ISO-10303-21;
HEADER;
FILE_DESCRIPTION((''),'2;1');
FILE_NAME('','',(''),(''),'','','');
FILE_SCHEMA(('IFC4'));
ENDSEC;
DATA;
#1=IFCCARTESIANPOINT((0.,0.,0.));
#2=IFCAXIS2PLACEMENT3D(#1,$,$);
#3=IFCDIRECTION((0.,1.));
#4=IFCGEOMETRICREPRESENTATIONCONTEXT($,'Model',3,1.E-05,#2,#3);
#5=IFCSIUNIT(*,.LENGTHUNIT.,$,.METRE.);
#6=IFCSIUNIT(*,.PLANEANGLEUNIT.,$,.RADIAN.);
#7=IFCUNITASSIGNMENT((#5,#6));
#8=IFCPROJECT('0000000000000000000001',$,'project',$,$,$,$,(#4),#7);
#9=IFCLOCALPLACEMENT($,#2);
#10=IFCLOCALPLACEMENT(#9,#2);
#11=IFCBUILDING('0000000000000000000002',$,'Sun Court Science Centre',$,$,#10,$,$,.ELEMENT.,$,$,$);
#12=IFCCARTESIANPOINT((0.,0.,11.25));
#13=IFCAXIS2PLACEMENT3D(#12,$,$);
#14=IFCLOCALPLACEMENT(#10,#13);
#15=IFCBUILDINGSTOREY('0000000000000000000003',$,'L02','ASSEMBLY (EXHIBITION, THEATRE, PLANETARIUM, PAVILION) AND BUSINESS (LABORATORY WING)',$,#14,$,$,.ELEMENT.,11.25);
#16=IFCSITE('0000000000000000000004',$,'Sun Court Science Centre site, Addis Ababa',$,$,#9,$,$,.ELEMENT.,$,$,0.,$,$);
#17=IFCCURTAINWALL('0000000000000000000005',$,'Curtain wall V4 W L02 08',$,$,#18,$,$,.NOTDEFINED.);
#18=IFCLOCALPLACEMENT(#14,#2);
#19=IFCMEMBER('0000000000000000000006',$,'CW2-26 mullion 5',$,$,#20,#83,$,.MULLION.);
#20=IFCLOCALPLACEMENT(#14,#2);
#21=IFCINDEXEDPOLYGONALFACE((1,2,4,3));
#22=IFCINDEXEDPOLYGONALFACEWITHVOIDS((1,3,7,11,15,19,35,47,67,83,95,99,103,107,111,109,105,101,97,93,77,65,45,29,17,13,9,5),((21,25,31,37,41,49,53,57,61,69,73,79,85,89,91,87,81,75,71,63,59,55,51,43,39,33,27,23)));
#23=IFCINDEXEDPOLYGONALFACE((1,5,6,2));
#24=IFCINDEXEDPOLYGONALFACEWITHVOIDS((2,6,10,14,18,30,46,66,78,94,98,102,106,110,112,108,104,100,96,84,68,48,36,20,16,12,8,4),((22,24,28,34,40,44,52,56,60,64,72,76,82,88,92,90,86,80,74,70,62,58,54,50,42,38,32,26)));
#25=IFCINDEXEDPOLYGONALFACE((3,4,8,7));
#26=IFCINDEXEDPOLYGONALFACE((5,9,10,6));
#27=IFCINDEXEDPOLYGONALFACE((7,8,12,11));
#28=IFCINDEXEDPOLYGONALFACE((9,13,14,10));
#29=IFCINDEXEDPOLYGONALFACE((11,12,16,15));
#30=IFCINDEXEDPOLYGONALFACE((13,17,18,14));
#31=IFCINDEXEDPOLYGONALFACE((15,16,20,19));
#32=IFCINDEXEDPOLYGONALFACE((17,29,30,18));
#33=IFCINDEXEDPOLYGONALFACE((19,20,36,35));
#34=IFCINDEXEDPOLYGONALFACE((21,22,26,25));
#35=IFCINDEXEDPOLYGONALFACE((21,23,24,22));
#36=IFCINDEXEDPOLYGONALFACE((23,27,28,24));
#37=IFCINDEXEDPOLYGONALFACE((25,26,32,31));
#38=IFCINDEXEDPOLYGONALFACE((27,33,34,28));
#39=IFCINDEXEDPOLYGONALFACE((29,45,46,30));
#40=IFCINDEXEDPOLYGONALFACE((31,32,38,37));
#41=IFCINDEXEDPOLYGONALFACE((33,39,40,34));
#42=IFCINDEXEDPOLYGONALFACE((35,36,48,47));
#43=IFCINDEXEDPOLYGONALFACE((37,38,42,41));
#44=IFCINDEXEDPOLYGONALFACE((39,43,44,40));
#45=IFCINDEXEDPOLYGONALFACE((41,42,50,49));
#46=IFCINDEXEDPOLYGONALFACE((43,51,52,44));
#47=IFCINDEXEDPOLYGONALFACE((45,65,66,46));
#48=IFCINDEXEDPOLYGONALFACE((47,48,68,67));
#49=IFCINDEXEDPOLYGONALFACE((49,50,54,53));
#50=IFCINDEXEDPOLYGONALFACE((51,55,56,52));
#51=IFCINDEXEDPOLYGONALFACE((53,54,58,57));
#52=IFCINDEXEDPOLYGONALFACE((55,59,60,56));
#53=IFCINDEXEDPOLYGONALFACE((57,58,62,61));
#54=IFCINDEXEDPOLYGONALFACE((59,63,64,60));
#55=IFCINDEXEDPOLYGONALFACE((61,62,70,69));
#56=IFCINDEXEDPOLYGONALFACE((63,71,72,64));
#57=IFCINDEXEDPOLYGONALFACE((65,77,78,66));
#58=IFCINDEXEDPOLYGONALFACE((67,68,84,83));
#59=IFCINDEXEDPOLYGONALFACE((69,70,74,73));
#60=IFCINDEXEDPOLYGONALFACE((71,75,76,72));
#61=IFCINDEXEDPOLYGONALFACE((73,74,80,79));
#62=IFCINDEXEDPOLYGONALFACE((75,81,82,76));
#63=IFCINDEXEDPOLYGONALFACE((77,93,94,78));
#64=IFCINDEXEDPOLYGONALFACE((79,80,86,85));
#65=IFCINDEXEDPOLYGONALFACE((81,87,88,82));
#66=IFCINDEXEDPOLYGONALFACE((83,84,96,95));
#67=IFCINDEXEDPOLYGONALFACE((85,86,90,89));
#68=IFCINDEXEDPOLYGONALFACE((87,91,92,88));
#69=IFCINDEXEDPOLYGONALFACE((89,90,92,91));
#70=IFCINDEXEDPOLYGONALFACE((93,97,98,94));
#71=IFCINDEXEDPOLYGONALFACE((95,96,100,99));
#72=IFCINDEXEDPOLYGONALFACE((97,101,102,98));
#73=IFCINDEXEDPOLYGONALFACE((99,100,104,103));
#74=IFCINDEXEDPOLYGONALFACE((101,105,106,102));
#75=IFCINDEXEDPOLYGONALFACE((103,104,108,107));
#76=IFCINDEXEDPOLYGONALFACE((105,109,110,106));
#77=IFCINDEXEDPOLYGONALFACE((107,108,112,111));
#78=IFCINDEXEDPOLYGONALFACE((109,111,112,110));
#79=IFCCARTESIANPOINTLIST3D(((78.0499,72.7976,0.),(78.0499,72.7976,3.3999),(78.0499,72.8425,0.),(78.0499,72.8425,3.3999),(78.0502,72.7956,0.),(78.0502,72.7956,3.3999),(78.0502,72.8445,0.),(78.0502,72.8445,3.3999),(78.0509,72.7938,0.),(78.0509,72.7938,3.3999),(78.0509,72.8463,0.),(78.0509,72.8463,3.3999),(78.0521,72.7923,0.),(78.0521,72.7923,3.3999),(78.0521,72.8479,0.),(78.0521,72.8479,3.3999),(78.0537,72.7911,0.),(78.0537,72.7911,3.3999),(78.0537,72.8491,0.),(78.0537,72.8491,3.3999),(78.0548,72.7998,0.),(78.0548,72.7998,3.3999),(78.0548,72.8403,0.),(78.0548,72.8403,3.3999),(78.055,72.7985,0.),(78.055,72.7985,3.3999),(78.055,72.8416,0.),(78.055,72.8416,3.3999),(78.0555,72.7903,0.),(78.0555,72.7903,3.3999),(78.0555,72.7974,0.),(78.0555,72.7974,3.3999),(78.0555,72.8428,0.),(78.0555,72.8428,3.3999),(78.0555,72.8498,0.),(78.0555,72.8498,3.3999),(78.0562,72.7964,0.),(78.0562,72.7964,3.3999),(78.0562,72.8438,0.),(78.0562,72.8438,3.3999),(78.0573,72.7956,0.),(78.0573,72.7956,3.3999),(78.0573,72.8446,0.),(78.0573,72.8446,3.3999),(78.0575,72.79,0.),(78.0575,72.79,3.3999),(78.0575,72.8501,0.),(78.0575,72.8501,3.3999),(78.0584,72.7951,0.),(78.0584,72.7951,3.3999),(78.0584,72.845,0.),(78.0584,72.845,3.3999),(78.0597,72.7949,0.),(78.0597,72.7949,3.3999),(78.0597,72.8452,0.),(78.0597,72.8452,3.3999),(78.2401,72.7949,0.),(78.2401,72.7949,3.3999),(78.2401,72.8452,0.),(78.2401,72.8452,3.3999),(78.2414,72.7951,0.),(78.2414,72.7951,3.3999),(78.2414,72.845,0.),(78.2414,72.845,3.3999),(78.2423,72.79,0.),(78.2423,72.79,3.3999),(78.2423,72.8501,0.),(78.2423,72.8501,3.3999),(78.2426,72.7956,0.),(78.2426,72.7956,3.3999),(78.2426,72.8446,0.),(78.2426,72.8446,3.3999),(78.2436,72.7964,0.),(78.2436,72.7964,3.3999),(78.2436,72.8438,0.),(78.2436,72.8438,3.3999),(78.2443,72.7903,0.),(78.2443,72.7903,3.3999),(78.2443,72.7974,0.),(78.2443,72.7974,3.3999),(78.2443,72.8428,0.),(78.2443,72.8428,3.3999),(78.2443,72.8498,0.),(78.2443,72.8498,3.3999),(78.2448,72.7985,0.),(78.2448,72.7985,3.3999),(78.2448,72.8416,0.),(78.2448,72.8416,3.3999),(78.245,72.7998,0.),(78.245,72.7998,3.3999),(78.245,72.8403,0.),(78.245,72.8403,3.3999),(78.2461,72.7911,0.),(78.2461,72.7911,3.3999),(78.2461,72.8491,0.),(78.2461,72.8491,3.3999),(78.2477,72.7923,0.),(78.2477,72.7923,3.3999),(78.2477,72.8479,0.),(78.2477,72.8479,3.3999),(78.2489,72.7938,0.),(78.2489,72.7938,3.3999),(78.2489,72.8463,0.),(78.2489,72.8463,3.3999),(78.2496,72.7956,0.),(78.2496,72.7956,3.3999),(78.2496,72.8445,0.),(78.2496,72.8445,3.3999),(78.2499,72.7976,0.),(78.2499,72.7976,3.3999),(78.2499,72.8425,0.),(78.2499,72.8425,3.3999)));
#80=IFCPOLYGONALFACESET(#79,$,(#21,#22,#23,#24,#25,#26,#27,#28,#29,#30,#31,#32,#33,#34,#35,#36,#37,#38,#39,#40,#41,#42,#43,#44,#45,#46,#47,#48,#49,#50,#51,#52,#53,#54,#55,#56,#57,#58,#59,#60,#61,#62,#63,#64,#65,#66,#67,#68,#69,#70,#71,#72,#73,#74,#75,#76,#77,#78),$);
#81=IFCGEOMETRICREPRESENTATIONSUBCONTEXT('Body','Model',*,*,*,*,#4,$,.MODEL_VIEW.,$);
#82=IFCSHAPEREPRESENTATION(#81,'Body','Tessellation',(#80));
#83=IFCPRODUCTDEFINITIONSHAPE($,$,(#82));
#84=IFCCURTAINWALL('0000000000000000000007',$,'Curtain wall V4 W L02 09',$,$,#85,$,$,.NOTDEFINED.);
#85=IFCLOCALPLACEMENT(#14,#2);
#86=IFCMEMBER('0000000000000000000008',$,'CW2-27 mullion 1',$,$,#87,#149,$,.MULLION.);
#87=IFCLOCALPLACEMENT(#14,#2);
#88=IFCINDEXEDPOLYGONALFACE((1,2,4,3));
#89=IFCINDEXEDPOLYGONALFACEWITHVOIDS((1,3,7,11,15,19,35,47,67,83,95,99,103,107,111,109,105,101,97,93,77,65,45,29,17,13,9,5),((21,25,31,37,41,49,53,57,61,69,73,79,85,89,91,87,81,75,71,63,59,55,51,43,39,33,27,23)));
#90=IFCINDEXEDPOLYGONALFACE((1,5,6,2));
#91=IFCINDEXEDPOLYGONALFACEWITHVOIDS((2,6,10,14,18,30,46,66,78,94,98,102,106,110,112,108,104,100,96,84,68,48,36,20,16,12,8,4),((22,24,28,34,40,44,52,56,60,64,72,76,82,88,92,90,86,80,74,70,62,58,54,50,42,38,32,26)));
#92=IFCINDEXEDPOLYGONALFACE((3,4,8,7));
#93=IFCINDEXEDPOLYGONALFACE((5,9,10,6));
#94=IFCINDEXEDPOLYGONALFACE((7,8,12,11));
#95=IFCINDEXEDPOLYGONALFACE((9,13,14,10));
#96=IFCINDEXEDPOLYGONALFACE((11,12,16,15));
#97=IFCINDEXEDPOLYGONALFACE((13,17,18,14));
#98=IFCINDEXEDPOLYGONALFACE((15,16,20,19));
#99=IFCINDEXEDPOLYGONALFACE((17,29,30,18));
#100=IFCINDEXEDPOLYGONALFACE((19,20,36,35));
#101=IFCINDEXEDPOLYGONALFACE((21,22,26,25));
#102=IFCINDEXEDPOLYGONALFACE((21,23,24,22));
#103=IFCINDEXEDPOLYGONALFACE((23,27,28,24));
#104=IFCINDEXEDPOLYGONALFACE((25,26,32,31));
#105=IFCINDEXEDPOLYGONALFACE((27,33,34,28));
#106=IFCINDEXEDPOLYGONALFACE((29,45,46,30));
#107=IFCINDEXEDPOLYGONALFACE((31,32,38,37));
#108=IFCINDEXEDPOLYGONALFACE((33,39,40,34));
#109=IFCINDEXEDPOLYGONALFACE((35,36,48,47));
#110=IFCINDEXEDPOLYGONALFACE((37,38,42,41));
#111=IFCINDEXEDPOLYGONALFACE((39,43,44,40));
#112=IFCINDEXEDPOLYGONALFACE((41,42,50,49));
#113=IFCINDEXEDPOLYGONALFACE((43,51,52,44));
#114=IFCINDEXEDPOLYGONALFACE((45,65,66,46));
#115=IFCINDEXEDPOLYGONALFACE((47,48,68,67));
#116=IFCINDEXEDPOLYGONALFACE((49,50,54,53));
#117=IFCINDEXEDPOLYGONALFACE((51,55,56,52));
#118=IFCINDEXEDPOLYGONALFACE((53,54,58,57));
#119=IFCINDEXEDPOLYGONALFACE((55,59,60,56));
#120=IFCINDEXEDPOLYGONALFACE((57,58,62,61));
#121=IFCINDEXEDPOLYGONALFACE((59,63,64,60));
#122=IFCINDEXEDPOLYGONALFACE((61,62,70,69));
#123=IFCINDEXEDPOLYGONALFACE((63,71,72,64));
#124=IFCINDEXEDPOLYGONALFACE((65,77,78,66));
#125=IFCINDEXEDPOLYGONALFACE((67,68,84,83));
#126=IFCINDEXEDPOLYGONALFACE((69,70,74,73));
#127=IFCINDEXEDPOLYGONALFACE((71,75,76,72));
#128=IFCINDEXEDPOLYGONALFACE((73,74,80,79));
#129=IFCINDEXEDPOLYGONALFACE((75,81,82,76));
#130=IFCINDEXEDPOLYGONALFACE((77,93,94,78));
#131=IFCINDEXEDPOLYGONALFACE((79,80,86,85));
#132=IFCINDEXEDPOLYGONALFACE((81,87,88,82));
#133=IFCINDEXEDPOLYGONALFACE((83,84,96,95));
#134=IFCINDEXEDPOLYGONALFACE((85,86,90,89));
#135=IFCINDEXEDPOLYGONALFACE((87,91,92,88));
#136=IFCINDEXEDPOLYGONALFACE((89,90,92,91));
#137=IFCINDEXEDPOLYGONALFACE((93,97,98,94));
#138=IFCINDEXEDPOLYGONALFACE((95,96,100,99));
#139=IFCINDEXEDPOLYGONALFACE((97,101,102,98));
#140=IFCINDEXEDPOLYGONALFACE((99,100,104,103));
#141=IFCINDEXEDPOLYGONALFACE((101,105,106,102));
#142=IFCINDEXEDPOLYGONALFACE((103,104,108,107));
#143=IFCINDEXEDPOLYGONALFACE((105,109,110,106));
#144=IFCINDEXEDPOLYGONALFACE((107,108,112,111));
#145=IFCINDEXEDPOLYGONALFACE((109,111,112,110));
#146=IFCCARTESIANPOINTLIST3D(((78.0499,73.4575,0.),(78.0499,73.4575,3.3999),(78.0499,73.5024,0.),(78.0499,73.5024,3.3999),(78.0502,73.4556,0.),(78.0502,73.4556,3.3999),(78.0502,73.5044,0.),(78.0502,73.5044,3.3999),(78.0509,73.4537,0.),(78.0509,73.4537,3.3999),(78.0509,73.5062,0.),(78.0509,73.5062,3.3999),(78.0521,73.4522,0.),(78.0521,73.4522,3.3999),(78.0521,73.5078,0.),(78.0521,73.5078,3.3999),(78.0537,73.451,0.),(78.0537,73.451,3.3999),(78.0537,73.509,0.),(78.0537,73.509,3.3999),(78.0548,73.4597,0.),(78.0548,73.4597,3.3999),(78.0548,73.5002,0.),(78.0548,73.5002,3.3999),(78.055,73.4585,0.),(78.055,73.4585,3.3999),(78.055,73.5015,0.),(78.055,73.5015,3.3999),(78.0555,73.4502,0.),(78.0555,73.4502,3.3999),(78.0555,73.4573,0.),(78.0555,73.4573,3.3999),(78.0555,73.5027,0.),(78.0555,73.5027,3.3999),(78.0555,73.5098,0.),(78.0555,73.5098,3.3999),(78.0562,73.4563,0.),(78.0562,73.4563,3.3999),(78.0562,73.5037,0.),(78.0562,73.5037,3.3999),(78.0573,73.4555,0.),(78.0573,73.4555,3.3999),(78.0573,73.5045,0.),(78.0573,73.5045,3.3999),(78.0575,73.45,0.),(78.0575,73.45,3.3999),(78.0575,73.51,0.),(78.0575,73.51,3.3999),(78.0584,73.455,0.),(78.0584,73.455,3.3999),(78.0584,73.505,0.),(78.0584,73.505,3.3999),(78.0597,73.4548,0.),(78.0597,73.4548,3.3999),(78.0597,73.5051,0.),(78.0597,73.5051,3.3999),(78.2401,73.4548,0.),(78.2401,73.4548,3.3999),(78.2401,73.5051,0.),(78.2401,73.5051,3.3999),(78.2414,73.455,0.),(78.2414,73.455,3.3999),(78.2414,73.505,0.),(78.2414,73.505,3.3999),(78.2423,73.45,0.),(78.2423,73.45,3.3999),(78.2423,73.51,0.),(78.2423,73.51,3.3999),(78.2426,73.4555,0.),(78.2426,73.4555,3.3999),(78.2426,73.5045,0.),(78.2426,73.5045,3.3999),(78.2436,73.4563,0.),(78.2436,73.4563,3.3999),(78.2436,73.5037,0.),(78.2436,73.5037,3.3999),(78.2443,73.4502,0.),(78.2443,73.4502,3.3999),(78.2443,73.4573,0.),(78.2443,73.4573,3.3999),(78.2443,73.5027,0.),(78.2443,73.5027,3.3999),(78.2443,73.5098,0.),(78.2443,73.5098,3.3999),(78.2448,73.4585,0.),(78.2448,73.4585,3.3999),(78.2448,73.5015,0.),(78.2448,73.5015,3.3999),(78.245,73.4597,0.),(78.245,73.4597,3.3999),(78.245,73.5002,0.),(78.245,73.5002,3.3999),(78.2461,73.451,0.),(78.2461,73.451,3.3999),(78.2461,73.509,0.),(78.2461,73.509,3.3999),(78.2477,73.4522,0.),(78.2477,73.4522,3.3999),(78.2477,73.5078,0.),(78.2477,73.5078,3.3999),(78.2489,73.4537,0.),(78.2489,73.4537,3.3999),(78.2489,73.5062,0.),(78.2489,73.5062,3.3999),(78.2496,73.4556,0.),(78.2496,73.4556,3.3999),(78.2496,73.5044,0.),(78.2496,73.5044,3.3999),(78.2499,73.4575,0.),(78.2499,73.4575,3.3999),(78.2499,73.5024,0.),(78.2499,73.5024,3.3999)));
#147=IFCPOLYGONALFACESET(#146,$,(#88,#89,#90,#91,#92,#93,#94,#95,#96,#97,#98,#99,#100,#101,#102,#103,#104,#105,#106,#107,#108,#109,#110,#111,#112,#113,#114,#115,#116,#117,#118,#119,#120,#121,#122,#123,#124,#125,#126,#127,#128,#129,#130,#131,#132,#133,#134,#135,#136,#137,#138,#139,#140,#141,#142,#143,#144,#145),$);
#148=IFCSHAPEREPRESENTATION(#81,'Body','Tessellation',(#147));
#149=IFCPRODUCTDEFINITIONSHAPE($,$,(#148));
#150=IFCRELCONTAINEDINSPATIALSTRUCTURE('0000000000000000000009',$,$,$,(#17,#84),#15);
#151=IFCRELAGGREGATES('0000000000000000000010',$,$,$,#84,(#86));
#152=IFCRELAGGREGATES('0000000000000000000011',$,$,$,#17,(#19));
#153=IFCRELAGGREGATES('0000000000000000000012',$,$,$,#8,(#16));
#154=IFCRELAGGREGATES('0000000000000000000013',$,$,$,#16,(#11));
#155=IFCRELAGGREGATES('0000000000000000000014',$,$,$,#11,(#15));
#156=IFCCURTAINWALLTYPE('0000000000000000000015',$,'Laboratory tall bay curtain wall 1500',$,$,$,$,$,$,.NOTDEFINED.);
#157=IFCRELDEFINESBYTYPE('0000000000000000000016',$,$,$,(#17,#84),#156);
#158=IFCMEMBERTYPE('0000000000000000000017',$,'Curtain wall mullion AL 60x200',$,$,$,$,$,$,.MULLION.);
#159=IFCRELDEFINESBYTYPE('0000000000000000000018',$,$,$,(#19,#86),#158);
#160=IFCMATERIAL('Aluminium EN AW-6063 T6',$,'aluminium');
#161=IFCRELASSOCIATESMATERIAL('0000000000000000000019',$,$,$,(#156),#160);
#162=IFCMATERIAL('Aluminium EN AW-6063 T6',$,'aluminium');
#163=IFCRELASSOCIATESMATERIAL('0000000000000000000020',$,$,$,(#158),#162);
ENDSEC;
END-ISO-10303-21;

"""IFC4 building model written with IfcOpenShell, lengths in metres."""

from ifc_helpers import new_model, si_unit, direction, frame, origin, origin_2d, place, context, subcontext, project, spatial, hollow_rectangle, extrude, material, material_profile, profile_set, type_object, element, aggregate, save


model = new_model("IFC4")

# Units and contexts
model_context = context("Model", 3, precision=1e-05, world=origin(), true_north=direction((0.0, 1.0)))
body_context = subcontext(model_context, "Body", "Model", "MODEL_VIEW")
ifc_project = project(units=[si_unit("LENGTHUNIT", "METRE"), si_unit("PLANEANGLEUNIT", "RADIAN")], contexts=[model_context])

# Site, building, storey
site_placement = place(None, origin())
site = spatial("IfcSite", under=ifc_project, at=site_placement, Name="Sun Court Science Centre site, Addis Ababa", CompositionType="ELEMENT", RefElevation=0.0)
building_placement = place(site_placement, origin())
building = spatial("IfcBuilding", under=site, at=building_placement, Name="Sun Court Science Centre", CompositionType="ELEMENT")
storey_placement = place(building_placement, frame((0.0, 0.0, 11.25)))
storey = spatial("IfcBuildingStorey", under=building, at=storey_placement, Name="L02", Description="ASSEMBLY (EXHIBITION, THEATRE, PLANETARIUM, PAVILION) AND BUSINESS (LABORATORY WING)", CompositionType="ELEMENT", Elevation=11.25)

# Curtain wall, member
ifc_material_1 = material(Name="Aluminium EN AW-6063 T6", Category="aluminium")
curtain_wall_type = type_object("IfcCurtainWallType", Name="Laboratory tall bay curtain wall 1500", PredefinedType="NOTDEFINED", material=ifc_material_1)
curtain_wall_1_placement = place(storey_placement, origin())
curtain_wall_1 = element("IfcCurtainWall", 1, at=curtain_wall_1_placement, inside=storey, type_object=curtain_wall_type, Name="Curtain wall V4 W L02 08", PredefinedType="NOTDEFINED")
ifc_material_2 = material(Name="Aluminium EN AW-6063 T6", Category="aluminium")
ifc_material_profile_1 = material_profile(ifc_material_2, hollow_rectangle(XDim=0.0601, YDim=0.2, WallThickness=0.0049, InnerFilletRadius=0.0049, OuterFilletRadius=0.0076, at=origin_2d()), Name="AL 60x200x5")
ifc_profile_set_1 = profile_set([ifc_material_profile_1], Name="Aluminium EN AW-6063 T6")
member_type_1 = type_object("IfcMemberType", Name="Curtain wall mullion AL 60x200", PredefinedType="MULLION", material=ifc_profile_set_1)
member_1_placement = place(storey_placement, frame((78.1499, 72.8201, 0.0), z_axis=(0.0, 0.0, 1.0), x_axis=(0.0, 1.0, 0.0)))
member_1 = element("IfcMember", 2, at=member_1_placement, type_object=member_type_1, Name="CW2-26 mullion 5", PredefinedType="MULLION", context=body_context, shape_type="SweptSolid", body=[
    extrude(hollow_rectangle(XDim=0.0601, YDim=0.2, WallThickness=0.0049, InnerFilletRadius=0.0049, OuterFilletRadius=0.0076, at=origin_2d()), origin(), (0.0, 0.0, 1.0), 3.3999),
])

# Curtain wall, member
curtain_wall_2_placement = place(storey_placement, origin())
curtain_wall_2 = element("IfcCurtainWall", 3, at=curtain_wall_2_placement, inside=storey, type_object=curtain_wall_type, Name="Curtain wall V4 W L02 09", PredefinedType="NOTDEFINED")
member_2_placement = place(storey_placement, frame((78.1499, 73.48, 0.0), z_axis=(0.0, 0.0, 1.0), x_axis=(0.0, 1.0, 0.0)))
member_2 = element("IfcMember", 4, at=member_2_placement, type_object=member_type_1, Name="CW2-27 mullion 1", PredefinedType="MULLION", context=body_context, shape_type="SweptSolid", body=[
    extrude(hollow_rectangle(XDim=0.0601, YDim=0.2, WallThickness=0.0049, InnerFilletRadius=0.0049, OuterFilletRadius=0.0076, at=origin_2d()), origin(), (0.0, 0.0, 1.0), 3.3999),
])

aggregate(curtain_wall_2, [member_2])

aggregate(curtain_wall_1, [member_1])

save(model, "model.ifc")
